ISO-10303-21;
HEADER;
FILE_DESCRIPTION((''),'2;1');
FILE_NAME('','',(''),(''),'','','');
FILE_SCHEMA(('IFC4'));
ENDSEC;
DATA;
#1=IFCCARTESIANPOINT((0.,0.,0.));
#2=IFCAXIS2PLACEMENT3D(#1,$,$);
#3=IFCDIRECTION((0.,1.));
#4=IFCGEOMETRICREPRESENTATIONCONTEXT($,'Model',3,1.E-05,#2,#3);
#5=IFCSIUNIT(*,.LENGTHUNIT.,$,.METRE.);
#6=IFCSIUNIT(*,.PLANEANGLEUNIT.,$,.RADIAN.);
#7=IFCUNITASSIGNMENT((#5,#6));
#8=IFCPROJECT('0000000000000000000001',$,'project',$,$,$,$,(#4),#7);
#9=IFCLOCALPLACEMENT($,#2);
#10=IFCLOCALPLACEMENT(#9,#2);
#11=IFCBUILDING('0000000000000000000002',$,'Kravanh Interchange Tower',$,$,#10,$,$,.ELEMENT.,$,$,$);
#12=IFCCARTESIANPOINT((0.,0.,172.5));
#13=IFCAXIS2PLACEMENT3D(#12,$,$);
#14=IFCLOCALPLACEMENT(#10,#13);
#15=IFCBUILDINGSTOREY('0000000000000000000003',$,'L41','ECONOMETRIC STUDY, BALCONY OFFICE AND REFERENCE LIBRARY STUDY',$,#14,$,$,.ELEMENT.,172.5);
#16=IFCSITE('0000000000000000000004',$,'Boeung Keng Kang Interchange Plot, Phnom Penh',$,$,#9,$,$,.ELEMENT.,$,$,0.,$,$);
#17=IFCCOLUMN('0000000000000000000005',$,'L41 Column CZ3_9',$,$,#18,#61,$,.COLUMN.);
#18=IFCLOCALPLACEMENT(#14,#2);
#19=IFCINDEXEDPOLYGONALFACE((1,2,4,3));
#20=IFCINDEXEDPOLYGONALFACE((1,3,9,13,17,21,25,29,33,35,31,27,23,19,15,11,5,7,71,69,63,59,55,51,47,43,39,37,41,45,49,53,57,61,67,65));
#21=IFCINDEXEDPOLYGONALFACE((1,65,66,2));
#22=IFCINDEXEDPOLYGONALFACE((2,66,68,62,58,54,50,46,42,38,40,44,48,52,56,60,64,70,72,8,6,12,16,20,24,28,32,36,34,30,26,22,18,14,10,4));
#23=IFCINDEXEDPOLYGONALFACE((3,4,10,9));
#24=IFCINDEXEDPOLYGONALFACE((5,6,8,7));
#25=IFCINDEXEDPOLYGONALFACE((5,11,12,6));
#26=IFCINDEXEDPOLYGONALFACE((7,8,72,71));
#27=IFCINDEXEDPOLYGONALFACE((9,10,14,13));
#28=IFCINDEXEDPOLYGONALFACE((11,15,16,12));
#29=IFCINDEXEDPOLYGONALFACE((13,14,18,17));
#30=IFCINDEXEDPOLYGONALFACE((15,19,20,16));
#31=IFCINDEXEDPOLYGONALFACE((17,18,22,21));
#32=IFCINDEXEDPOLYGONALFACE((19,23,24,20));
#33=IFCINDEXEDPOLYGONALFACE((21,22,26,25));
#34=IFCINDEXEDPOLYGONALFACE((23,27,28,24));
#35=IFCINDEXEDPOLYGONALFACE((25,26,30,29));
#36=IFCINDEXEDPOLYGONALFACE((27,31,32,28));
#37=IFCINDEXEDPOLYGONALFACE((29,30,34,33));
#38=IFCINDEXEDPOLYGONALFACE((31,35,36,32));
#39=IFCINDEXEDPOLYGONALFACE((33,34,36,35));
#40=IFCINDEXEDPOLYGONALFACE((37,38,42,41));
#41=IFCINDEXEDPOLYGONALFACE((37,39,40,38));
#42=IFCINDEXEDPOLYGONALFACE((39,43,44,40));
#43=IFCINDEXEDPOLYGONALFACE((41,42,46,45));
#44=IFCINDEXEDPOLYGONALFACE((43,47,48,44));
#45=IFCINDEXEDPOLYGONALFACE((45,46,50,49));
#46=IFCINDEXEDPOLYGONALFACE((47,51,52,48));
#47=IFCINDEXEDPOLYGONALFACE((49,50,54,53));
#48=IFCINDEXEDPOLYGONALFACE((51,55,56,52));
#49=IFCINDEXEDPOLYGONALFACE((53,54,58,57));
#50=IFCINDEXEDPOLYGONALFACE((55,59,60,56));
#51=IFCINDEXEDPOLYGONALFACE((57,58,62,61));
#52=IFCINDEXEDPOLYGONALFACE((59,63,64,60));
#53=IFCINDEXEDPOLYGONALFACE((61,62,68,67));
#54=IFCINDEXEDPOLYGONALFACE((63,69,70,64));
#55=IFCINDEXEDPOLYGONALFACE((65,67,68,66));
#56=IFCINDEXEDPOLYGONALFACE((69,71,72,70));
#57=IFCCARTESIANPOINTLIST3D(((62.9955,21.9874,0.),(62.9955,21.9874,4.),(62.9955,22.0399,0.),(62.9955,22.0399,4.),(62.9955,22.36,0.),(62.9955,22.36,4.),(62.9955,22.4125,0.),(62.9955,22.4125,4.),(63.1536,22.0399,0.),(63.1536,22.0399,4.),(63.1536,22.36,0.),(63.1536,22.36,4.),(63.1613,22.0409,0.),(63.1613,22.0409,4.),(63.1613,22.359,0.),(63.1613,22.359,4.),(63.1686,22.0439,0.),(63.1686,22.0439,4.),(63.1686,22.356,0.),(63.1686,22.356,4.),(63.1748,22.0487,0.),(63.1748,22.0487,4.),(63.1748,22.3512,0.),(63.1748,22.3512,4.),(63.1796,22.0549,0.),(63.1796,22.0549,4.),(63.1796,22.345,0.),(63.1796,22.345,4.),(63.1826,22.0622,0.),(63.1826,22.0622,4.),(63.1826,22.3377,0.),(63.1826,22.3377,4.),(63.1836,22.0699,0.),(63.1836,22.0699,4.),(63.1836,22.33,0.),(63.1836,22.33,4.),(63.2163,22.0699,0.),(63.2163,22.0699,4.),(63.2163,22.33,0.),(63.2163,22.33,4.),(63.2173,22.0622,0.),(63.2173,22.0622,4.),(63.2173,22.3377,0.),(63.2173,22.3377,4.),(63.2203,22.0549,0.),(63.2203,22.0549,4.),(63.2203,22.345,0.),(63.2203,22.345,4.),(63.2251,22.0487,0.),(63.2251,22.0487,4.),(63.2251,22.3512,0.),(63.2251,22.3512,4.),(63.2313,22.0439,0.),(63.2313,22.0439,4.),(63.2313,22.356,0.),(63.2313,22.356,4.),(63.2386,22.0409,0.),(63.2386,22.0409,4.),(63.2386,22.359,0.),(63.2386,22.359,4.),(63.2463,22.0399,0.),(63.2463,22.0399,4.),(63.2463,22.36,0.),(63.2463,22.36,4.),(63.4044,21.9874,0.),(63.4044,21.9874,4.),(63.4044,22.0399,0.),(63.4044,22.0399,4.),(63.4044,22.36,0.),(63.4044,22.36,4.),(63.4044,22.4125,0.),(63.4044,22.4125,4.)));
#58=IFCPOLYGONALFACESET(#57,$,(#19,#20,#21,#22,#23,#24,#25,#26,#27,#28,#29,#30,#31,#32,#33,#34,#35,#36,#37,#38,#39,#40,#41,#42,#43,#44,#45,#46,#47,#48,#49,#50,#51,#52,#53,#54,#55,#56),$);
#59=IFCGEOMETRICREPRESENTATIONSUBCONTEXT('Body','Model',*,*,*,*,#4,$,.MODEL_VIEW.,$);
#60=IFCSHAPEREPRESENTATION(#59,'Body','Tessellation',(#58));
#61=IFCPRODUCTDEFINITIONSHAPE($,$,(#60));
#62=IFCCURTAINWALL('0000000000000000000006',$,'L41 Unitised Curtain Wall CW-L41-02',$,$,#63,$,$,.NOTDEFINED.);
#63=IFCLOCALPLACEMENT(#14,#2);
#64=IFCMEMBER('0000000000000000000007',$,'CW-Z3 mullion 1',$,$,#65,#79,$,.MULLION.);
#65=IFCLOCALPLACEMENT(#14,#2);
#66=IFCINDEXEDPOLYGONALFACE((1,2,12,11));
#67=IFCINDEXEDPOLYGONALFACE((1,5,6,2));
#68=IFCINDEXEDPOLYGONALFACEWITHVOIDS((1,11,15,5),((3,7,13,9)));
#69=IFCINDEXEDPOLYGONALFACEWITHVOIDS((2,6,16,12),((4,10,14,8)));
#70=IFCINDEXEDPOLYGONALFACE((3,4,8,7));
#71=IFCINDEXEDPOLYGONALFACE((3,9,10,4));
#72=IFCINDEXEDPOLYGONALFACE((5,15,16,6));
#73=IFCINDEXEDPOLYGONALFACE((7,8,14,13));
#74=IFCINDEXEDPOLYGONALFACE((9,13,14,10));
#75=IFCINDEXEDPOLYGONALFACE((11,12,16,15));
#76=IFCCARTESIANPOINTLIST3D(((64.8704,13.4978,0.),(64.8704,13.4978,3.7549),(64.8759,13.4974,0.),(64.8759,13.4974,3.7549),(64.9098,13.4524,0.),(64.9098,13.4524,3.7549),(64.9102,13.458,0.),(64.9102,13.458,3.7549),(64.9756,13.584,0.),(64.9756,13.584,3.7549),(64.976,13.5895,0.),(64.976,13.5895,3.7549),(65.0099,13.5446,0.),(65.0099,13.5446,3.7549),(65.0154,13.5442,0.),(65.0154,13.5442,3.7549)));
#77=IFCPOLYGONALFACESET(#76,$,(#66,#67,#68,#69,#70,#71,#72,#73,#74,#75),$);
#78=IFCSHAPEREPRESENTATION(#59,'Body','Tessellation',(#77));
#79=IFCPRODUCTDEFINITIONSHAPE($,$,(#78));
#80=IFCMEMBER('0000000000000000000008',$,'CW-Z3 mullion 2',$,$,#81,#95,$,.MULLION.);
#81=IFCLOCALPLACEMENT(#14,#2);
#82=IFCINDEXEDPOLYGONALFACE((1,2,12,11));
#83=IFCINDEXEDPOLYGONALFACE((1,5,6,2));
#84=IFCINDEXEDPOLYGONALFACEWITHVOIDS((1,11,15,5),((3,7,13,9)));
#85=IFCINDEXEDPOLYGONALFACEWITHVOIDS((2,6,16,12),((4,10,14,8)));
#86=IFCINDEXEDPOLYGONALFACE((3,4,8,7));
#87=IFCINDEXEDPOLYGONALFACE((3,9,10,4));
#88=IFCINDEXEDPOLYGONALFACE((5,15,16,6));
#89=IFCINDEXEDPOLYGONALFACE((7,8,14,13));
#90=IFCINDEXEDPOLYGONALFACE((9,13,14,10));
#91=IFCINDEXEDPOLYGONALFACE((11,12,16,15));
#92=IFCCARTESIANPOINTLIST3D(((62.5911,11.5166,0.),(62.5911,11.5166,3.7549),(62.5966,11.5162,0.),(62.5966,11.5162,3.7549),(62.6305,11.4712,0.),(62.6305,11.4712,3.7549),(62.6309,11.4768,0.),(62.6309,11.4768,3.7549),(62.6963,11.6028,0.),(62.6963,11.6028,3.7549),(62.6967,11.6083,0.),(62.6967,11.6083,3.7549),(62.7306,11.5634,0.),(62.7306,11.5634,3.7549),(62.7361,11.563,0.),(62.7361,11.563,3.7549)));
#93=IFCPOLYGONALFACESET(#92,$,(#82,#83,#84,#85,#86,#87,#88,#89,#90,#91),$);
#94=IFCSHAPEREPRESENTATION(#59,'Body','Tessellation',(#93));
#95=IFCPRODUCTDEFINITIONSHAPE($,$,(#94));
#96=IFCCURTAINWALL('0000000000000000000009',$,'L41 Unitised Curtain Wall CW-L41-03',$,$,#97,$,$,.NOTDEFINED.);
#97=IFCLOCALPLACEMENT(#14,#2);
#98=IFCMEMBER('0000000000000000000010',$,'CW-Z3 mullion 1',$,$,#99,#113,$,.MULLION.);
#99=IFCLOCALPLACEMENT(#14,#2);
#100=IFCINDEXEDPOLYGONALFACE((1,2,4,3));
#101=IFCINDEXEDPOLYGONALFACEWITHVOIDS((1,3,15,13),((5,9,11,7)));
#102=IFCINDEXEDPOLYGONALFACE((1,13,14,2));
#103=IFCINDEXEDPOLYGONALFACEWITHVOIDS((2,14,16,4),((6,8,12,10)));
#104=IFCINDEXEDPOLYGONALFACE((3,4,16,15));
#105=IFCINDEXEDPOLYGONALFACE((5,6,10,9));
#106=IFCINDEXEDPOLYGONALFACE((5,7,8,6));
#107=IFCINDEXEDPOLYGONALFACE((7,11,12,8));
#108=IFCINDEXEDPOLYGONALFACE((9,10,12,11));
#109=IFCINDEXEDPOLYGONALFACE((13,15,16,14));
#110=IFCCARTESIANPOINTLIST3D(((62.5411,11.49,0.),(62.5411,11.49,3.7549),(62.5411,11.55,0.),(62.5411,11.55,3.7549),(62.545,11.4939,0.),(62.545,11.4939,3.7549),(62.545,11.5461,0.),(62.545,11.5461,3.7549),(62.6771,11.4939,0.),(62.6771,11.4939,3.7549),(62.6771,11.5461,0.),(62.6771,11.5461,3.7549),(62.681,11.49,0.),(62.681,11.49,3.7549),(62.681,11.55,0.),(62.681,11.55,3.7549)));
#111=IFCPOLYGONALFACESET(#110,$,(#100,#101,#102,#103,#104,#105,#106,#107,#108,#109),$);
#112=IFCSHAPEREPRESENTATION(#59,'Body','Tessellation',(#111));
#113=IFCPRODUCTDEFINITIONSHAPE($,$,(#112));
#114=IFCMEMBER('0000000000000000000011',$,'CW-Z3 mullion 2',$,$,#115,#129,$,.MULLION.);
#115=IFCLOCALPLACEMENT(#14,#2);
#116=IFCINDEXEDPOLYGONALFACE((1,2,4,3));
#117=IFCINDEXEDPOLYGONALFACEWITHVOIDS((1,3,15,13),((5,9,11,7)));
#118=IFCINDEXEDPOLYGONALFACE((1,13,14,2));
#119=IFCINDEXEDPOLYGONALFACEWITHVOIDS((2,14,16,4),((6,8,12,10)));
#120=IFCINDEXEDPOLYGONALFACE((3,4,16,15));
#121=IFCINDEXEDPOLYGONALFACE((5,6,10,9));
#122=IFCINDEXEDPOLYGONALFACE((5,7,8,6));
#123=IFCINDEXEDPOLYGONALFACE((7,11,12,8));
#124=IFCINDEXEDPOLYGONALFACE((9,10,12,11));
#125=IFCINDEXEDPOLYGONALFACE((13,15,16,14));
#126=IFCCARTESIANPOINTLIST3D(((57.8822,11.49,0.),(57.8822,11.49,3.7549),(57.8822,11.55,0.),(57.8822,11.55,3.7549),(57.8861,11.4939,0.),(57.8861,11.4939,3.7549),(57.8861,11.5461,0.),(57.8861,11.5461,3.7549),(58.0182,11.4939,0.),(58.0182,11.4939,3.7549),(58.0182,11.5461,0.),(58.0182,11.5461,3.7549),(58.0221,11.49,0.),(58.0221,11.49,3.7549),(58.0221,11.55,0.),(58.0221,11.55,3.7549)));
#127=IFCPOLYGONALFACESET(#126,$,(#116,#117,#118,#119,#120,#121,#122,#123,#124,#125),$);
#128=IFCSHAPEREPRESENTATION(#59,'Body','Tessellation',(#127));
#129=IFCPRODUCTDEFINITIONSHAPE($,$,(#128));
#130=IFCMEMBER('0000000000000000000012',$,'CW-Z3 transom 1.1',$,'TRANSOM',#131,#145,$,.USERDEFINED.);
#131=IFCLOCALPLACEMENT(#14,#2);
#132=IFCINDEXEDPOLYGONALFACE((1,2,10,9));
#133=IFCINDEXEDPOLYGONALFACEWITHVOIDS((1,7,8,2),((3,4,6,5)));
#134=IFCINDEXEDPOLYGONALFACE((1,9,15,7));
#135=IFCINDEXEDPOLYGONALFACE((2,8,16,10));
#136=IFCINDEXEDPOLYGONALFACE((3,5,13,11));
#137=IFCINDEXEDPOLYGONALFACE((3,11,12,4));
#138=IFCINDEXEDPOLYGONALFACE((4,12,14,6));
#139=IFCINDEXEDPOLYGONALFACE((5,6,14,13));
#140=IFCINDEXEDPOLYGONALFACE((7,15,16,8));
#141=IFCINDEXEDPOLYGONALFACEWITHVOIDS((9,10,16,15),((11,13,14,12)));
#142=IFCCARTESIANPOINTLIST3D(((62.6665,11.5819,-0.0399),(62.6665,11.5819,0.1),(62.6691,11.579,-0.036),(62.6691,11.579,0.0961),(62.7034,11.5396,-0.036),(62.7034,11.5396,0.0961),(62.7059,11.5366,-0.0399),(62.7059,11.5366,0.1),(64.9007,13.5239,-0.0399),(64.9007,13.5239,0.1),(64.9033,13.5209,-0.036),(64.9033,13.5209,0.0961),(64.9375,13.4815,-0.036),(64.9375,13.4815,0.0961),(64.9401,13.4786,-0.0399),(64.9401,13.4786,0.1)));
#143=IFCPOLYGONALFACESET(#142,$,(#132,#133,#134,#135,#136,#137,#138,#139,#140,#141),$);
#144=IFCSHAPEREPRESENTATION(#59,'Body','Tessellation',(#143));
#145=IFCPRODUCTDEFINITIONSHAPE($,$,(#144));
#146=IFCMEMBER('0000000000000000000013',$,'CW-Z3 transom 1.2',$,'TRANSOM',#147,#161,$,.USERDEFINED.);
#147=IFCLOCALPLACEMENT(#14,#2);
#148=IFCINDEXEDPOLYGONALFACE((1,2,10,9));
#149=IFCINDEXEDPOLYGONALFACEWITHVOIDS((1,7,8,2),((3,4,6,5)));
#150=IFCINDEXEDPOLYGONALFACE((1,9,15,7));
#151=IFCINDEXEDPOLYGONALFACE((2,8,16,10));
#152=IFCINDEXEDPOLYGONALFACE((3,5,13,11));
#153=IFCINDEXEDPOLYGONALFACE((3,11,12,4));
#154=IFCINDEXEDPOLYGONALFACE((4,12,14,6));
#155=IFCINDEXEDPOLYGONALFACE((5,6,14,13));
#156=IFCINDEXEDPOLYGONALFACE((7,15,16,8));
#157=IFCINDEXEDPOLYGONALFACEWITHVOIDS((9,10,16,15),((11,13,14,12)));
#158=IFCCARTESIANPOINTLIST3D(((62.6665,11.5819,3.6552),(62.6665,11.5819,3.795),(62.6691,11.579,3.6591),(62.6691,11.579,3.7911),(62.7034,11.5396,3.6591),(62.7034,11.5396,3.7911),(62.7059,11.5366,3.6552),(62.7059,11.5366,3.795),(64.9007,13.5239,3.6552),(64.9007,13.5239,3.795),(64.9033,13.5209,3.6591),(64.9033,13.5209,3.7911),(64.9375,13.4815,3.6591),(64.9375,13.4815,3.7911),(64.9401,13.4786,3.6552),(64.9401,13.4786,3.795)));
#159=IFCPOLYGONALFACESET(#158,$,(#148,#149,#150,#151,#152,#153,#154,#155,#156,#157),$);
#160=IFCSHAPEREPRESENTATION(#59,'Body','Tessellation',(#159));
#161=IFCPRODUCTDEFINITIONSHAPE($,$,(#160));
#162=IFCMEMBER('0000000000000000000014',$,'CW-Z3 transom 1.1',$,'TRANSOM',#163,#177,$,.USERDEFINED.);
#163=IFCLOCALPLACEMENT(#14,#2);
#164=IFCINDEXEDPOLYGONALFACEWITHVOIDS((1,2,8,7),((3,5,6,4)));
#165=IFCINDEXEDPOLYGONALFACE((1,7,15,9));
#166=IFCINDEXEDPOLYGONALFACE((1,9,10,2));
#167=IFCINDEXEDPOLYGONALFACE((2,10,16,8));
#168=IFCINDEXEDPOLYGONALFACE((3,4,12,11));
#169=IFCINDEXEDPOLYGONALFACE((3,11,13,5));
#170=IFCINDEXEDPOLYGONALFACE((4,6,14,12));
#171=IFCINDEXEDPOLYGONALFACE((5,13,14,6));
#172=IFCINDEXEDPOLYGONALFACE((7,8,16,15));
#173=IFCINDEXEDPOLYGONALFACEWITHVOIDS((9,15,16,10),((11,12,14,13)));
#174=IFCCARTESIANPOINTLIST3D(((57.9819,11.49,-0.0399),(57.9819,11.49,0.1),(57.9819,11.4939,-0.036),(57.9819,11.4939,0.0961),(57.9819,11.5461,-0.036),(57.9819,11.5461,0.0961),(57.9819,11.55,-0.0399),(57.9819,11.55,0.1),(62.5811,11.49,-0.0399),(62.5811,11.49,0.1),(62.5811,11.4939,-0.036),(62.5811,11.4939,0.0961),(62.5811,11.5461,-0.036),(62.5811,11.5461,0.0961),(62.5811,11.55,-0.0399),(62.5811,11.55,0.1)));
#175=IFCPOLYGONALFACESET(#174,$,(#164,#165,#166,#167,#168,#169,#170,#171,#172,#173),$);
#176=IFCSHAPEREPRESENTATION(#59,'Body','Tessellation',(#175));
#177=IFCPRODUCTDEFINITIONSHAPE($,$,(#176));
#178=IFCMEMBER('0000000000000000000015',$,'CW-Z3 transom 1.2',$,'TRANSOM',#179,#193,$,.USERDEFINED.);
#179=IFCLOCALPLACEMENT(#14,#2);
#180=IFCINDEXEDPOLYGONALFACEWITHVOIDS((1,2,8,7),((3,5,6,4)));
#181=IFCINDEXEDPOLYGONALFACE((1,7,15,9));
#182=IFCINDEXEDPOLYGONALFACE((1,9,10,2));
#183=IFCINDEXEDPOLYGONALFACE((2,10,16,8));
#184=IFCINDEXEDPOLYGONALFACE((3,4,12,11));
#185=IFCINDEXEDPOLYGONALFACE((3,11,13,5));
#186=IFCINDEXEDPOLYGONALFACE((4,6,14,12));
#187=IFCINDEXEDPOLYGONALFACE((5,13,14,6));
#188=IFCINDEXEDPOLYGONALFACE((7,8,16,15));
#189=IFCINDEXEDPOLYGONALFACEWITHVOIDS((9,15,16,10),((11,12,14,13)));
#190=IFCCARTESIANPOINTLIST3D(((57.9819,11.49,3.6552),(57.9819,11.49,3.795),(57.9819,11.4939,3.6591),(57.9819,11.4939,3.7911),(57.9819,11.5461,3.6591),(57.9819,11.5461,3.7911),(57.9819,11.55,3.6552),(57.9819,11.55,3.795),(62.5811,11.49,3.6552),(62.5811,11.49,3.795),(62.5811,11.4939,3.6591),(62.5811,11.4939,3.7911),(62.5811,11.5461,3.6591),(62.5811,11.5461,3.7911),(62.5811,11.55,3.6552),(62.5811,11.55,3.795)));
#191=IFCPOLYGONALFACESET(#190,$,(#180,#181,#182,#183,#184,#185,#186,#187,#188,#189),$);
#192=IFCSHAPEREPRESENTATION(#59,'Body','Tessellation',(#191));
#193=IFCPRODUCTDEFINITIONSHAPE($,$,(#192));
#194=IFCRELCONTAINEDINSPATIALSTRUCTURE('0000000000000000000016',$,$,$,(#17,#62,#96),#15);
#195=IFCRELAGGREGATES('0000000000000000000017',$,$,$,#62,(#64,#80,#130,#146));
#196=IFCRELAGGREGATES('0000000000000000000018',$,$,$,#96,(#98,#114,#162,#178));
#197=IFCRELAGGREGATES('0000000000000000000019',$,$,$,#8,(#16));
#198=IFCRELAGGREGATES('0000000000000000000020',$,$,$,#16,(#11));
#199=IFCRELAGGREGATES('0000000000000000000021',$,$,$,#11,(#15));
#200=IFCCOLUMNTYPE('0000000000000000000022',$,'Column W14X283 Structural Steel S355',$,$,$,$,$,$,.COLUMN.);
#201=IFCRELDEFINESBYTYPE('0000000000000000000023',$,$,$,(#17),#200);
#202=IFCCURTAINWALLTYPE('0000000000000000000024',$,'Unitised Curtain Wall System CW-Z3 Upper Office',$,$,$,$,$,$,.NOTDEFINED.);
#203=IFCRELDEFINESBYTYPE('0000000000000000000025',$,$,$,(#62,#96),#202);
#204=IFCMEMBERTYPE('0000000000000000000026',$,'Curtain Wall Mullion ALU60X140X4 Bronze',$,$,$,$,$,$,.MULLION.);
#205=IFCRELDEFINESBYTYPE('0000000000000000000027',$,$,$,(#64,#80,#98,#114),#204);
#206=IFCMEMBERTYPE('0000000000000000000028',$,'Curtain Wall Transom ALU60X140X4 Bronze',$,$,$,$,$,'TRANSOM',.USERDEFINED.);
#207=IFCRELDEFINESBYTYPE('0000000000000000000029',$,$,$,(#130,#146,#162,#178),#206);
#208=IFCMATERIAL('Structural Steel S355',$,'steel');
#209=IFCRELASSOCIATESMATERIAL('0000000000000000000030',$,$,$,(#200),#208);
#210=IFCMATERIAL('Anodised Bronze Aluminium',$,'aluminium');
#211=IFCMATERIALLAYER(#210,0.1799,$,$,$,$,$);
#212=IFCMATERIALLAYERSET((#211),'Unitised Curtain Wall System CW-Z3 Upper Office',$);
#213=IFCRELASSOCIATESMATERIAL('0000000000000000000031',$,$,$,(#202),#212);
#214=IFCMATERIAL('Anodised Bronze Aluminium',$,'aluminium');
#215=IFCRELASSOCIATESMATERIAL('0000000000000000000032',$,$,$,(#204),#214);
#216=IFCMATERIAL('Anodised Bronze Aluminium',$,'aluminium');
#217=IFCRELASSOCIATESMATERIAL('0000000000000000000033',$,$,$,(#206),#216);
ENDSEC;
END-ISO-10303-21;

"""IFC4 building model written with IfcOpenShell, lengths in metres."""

from ifc_helpers import new_model, si_unit, direction, frame, origin, origin_2d, place, context, subcontext, project, spatial, hollow_rectangle, i_section, extrude, material, layer, layer_set, material_profile, profile_set, type_object, element, aggregate, save


model = new_model("IFC4")

# Units and contexts
model_context = context("Model", 3, precision=1e-05, world=origin(), true_north=direction((0.0, 1.0)))
body_context = subcontext(model_context, "Body", "Model", "MODEL_VIEW")
ifc_project = project(units=[si_unit("LENGTHUNIT", "METRE"), si_unit("PLANEANGLEUNIT", "RADIAN")], contexts=[model_context])

# Site, building, storey
site_placement = place(None, origin())
site = spatial("IfcSite", under=ifc_project, at=site_placement, Name="Boeung Keng Kang Interchange Plot, Phnom Penh", CompositionType="ELEMENT", RefElevation=0.0)
building_placement = place(site_placement, origin())
building = spatial("IfcBuilding", under=site, at=building_placement, Name="Kravanh Interchange Tower", CompositionType="ELEMENT")
storey_placement = place(building_placement, frame((0.0, 0.0, 172.5)))
storey = spatial("IfcBuildingStorey", under=building, at=storey_placement, Name="L41", Description="ECONOMETRIC STUDY, BALCONY OFFICE AND REFERENCE LIBRARY STUDY", CompositionType="ELEMENT", Elevation=172.5)

# Column
ifc_material_1 = material(Name="Structural Steel S355", Category="steel")
ifc_material_profile_1 = material_profile(ifc_material_1, i_section(OverallWidth=0.4089, OverallDepth=0.425, WebThickness=0.0327, FlangeThickness=0.0525, FilletRadius=0.03, at=origin_2d()), Name="W14X283")
ifc_profile_set_1 = profile_set([ifc_material_profile_1], Name="Structural Steel S355")
column_type = type_object("IfcColumnType", Name="Column W14X283 Structural Steel S355", PredefinedType="COLUMN", material=ifc_profile_set_1)
for number, where, z_axis, x_axis, name in (
    (1, (63.2, 22.2, 0.0), (0.0, 0.0, 1.0), (1.0, 0.0, 0.0), "L41 Column CZ3_9"),
):
    element("IfcColumn", number, at=place(storey_placement, frame(where, z_axis=z_axis, x_axis=x_axis)), inside=storey, type_object=column_type, Name=name, PredefinedType="COLUMN", context=body_context, shape_type="SweptSolid", body=[
        extrude(i_section(OverallWidth=0.4089, OverallDepth=0.425, WebThickness=0.0327, FlangeThickness=0.0525, FilletRadius=0.03, at=origin_2d()), origin(), (0.0, 0.0, 1.0), 4.0),
    ])

# Curtain walls, members
ifc_material_2 = material(Name="Anodised Bronze Aluminium", Category="aluminium")
ifc_layer_1 = layer(ifc_material_2, 0.1799)
ifc_layer_set_1 = layer_set([ifc_layer_1], Name="Unitised Curtain Wall System CW-Z3 Upper Office")
curtain_wall_type = type_object("IfcCurtainWallType", Name="Unitised Curtain Wall System CW-Z3 Upper Office", PredefinedType="NOTDEFINED", material=ifc_layer_set_1)
curtain_wall_1_placement = place(storey_placement, origin())
curtain_wall_1 = element("IfcCurtainWall", 2, at=curtain_wall_1_placement, inside=storey, type_object=curtain_wall_type, Name="L41 Unitised Curtain Wall CW-L41-02", PredefinedType="NOTDEFINED")
ifc_material_3 = material(Name="Anodised Bronze Aluminium", Category="aluminium")
ifc_material_profile_2 = material_profile(ifc_material_3, hollow_rectangle(XDim=0.0601, YDim=0.1399, WallThickness=0.0039, at=origin_2d()), Name="ALU60X140X4")
ifc_profile_set_2 = profile_set([ifc_material_profile_2], Name="Anodised Bronze Aluminium")
member_type_1 = type_object("IfcMemberType", Name="Curtain Wall Mullion ALU60X140X4 Bronze", PredefinedType="MULLION", material=ifc_profile_set_2)
member_1_placement = place(storey_placement, frame((64.9429, 13.521, 0.0), z_axis=(0.0, 0.0, 1.0), x_axis=(0.656051, -0.754717, 0.0)))
member_1 = element("IfcMember", 3, at=member_1_placement, type_object=member_type_1, Name="CW-Z3 mullion 1", PredefinedType="MULLION", context=body_context, shape_type="SweptSolid", body=[
    extrude(hollow_rectangle(XDim=0.0601, YDim=0.1399, WallThickness=0.0039, at=origin_2d()), origin(), (0.0, 0.0, 1.0), 3.7549),
])
member_2_placement = place(storey_placement, frame((62.6636, 11.5398, 0.0), z_axis=(0.0, 0.0, 1.0), x_axis=(0.656051, -0.754717, 0.0)))
member_2 = element("IfcMember", 4, at=member_2_placement, type_object=member_type_1, Name="CW-Z3 mullion 2", PredefinedType="MULLION", context=body_context, shape_type="SweptSolid", body=[
    extrude(hollow_rectangle(XDim=0.0601, YDim=0.1399, WallThickness=0.0039, at=origin_2d()), origin(), (0.0, 0.0, 1.0), 3.7549),
])
curtain_wall_2_placement = place(storey_placement, origin())
curtain_wall_2 = element("IfcCurtainWall", 5, at=curtain_wall_2_placement, inside=storey, type_object=curtain_wall_type, Name="L41 Unitised Curtain Wall CW-L41-03", PredefinedType="NOTDEFINED")
member_3_placement = place(storey_placement, frame((62.6111, 11.52, 0.0), z_axis=(0.0, 0.0, 1.0), x_axis=(0.0, -1.0, 0.0)))
member_3 = element("IfcMember", 6, at=member_3_placement, type_object=member_type_1, Name="CW-Z3 mullion 1", PredefinedType="MULLION", context=body_context, shape_type="SweptSolid", body=[
    extrude(hollow_rectangle(XDim=0.0601, YDim=0.1399, WallThickness=0.0039, at=origin_2d()), origin(), (0.0, 0.0, 1.0), 3.7549),
])
member_4_placement = place(storey_placement, frame((57.9521, 11.52, 0.0), z_axis=(0.0, 0.0, 1.0), x_axis=(0.0, -1.0, 0.0)))
member_4 = element("IfcMember", 7, at=member_4_placement, type_object=member_type_1, Name="CW-Z3 mullion 2", PredefinedType="MULLION", context=body_context, shape_type="SweptSolid", body=[
    extrude(hollow_rectangle(XDim=0.0601, YDim=0.1399, WallThickness=0.0039, at=origin_2d()), origin(), (0.0, 0.0, 1.0), 3.7549),
])

# Members
ifc_material_4 = material(Name="Anodised Bronze Aluminium", Category="aluminium")
ifc_material_profile_3 = material_profile(ifc_material_4, hollow_rectangle(XDim=0.0601, YDim=0.1399, WallThickness=0.0039, at=origin_2d()), Name="ALU60X140X4")
ifc_profile_set_3 = profile_set([ifc_material_profile_3], Name="Anodised Bronze Aluminium")
member_type_2 = type_object("IfcMemberType", Name="Curtain Wall Transom ALU60X140X4 Bronze", ElementType="TRANSOM", PredefinedType="USERDEFINED", material=ifc_profile_set_3)
member_5_placement = place(storey_placement, frame((64.9204, 13.5012, 0.03), z_axis=(-0.754744, -0.656019, 0.0), x_axis=(0.656019, -0.754744, 0.0)))
member_5 = element("IfcMember", 8, at=member_5_placement, type_object=member_type_2, Name="CW-Z3 transom 1.1", ObjectType="TRANSOM", PredefinedType="USERDEFINED", context=body_context, shape_type="SweptSolid", body=[
    extrude(hollow_rectangle(XDim=0.0601, YDim=0.1399, WallThickness=0.0039, at=origin_2d()), origin(), (0.0, 0.0, 1.0), 2.9602),
])
member_6_placement = place(storey_placement, frame((64.9204, 13.5012, 3.7251), z_axis=(-0.754744, -0.656019, 0.0), x_axis=(0.656019, -0.754744, 0.0)))
member_6 = element("IfcMember", 9, at=member_6_placement, type_object=member_type_2, Name="CW-Z3 transom 1.2", ObjectType="TRANSOM", PredefinedType="USERDEFINED", context=body_context, shape_type="SweptSolid", body=[
    extrude(hollow_rectangle(XDim=0.0601, YDim=0.1399, WallThickness=0.0039, at=origin_2d()), origin(), (0.0, 0.0, 1.0), 2.9602),
])
member_7_placement = place(storey_placement, frame((62.5811, 11.52, 0.03), z_axis=(-1.0, 0.0, 0.0), x_axis=(0.0, -1.0, 0.0)))
member_7 = element("IfcMember", 10, at=member_7_placement, type_object=member_type_2, Name="CW-Z3 transom 1.1", ObjectType="TRANSOM", PredefinedType="USERDEFINED", context=body_context, shape_type="SweptSolid", body=[
    extrude(hollow_rectangle(XDim=0.0601, YDim=0.1399, WallThickness=0.0039, at=origin_2d()), origin(), (0.0, 0.0, 1.0), 4.5991),
])
member_8_placement = place(storey_placement, frame((62.5811, 11.52, 3.7251), z_axis=(-1.0, 0.0, 0.0), x_axis=(0.0, -1.0, 0.0)))
member_8 = element("IfcMember", 11, at=member_8_placement, type_object=member_type_2, Name="CW-Z3 transom 1.2", ObjectType="TRANSOM", PredefinedType="USERDEFINED", context=body_context, shape_type="SweptSolid", body=[
    extrude(hollow_rectangle(XDim=0.0601, YDim=0.1399, WallThickness=0.0039, at=origin_2d()), origin(), (0.0, 0.0, 1.0), 4.5991),
])

aggregate(curtain_wall_1, [member_1, member_2, member_5, member_6])
aggregate(curtain_wall_2, [member_3, member_4, member_7, member_8])

save(model, "model.ifc")
